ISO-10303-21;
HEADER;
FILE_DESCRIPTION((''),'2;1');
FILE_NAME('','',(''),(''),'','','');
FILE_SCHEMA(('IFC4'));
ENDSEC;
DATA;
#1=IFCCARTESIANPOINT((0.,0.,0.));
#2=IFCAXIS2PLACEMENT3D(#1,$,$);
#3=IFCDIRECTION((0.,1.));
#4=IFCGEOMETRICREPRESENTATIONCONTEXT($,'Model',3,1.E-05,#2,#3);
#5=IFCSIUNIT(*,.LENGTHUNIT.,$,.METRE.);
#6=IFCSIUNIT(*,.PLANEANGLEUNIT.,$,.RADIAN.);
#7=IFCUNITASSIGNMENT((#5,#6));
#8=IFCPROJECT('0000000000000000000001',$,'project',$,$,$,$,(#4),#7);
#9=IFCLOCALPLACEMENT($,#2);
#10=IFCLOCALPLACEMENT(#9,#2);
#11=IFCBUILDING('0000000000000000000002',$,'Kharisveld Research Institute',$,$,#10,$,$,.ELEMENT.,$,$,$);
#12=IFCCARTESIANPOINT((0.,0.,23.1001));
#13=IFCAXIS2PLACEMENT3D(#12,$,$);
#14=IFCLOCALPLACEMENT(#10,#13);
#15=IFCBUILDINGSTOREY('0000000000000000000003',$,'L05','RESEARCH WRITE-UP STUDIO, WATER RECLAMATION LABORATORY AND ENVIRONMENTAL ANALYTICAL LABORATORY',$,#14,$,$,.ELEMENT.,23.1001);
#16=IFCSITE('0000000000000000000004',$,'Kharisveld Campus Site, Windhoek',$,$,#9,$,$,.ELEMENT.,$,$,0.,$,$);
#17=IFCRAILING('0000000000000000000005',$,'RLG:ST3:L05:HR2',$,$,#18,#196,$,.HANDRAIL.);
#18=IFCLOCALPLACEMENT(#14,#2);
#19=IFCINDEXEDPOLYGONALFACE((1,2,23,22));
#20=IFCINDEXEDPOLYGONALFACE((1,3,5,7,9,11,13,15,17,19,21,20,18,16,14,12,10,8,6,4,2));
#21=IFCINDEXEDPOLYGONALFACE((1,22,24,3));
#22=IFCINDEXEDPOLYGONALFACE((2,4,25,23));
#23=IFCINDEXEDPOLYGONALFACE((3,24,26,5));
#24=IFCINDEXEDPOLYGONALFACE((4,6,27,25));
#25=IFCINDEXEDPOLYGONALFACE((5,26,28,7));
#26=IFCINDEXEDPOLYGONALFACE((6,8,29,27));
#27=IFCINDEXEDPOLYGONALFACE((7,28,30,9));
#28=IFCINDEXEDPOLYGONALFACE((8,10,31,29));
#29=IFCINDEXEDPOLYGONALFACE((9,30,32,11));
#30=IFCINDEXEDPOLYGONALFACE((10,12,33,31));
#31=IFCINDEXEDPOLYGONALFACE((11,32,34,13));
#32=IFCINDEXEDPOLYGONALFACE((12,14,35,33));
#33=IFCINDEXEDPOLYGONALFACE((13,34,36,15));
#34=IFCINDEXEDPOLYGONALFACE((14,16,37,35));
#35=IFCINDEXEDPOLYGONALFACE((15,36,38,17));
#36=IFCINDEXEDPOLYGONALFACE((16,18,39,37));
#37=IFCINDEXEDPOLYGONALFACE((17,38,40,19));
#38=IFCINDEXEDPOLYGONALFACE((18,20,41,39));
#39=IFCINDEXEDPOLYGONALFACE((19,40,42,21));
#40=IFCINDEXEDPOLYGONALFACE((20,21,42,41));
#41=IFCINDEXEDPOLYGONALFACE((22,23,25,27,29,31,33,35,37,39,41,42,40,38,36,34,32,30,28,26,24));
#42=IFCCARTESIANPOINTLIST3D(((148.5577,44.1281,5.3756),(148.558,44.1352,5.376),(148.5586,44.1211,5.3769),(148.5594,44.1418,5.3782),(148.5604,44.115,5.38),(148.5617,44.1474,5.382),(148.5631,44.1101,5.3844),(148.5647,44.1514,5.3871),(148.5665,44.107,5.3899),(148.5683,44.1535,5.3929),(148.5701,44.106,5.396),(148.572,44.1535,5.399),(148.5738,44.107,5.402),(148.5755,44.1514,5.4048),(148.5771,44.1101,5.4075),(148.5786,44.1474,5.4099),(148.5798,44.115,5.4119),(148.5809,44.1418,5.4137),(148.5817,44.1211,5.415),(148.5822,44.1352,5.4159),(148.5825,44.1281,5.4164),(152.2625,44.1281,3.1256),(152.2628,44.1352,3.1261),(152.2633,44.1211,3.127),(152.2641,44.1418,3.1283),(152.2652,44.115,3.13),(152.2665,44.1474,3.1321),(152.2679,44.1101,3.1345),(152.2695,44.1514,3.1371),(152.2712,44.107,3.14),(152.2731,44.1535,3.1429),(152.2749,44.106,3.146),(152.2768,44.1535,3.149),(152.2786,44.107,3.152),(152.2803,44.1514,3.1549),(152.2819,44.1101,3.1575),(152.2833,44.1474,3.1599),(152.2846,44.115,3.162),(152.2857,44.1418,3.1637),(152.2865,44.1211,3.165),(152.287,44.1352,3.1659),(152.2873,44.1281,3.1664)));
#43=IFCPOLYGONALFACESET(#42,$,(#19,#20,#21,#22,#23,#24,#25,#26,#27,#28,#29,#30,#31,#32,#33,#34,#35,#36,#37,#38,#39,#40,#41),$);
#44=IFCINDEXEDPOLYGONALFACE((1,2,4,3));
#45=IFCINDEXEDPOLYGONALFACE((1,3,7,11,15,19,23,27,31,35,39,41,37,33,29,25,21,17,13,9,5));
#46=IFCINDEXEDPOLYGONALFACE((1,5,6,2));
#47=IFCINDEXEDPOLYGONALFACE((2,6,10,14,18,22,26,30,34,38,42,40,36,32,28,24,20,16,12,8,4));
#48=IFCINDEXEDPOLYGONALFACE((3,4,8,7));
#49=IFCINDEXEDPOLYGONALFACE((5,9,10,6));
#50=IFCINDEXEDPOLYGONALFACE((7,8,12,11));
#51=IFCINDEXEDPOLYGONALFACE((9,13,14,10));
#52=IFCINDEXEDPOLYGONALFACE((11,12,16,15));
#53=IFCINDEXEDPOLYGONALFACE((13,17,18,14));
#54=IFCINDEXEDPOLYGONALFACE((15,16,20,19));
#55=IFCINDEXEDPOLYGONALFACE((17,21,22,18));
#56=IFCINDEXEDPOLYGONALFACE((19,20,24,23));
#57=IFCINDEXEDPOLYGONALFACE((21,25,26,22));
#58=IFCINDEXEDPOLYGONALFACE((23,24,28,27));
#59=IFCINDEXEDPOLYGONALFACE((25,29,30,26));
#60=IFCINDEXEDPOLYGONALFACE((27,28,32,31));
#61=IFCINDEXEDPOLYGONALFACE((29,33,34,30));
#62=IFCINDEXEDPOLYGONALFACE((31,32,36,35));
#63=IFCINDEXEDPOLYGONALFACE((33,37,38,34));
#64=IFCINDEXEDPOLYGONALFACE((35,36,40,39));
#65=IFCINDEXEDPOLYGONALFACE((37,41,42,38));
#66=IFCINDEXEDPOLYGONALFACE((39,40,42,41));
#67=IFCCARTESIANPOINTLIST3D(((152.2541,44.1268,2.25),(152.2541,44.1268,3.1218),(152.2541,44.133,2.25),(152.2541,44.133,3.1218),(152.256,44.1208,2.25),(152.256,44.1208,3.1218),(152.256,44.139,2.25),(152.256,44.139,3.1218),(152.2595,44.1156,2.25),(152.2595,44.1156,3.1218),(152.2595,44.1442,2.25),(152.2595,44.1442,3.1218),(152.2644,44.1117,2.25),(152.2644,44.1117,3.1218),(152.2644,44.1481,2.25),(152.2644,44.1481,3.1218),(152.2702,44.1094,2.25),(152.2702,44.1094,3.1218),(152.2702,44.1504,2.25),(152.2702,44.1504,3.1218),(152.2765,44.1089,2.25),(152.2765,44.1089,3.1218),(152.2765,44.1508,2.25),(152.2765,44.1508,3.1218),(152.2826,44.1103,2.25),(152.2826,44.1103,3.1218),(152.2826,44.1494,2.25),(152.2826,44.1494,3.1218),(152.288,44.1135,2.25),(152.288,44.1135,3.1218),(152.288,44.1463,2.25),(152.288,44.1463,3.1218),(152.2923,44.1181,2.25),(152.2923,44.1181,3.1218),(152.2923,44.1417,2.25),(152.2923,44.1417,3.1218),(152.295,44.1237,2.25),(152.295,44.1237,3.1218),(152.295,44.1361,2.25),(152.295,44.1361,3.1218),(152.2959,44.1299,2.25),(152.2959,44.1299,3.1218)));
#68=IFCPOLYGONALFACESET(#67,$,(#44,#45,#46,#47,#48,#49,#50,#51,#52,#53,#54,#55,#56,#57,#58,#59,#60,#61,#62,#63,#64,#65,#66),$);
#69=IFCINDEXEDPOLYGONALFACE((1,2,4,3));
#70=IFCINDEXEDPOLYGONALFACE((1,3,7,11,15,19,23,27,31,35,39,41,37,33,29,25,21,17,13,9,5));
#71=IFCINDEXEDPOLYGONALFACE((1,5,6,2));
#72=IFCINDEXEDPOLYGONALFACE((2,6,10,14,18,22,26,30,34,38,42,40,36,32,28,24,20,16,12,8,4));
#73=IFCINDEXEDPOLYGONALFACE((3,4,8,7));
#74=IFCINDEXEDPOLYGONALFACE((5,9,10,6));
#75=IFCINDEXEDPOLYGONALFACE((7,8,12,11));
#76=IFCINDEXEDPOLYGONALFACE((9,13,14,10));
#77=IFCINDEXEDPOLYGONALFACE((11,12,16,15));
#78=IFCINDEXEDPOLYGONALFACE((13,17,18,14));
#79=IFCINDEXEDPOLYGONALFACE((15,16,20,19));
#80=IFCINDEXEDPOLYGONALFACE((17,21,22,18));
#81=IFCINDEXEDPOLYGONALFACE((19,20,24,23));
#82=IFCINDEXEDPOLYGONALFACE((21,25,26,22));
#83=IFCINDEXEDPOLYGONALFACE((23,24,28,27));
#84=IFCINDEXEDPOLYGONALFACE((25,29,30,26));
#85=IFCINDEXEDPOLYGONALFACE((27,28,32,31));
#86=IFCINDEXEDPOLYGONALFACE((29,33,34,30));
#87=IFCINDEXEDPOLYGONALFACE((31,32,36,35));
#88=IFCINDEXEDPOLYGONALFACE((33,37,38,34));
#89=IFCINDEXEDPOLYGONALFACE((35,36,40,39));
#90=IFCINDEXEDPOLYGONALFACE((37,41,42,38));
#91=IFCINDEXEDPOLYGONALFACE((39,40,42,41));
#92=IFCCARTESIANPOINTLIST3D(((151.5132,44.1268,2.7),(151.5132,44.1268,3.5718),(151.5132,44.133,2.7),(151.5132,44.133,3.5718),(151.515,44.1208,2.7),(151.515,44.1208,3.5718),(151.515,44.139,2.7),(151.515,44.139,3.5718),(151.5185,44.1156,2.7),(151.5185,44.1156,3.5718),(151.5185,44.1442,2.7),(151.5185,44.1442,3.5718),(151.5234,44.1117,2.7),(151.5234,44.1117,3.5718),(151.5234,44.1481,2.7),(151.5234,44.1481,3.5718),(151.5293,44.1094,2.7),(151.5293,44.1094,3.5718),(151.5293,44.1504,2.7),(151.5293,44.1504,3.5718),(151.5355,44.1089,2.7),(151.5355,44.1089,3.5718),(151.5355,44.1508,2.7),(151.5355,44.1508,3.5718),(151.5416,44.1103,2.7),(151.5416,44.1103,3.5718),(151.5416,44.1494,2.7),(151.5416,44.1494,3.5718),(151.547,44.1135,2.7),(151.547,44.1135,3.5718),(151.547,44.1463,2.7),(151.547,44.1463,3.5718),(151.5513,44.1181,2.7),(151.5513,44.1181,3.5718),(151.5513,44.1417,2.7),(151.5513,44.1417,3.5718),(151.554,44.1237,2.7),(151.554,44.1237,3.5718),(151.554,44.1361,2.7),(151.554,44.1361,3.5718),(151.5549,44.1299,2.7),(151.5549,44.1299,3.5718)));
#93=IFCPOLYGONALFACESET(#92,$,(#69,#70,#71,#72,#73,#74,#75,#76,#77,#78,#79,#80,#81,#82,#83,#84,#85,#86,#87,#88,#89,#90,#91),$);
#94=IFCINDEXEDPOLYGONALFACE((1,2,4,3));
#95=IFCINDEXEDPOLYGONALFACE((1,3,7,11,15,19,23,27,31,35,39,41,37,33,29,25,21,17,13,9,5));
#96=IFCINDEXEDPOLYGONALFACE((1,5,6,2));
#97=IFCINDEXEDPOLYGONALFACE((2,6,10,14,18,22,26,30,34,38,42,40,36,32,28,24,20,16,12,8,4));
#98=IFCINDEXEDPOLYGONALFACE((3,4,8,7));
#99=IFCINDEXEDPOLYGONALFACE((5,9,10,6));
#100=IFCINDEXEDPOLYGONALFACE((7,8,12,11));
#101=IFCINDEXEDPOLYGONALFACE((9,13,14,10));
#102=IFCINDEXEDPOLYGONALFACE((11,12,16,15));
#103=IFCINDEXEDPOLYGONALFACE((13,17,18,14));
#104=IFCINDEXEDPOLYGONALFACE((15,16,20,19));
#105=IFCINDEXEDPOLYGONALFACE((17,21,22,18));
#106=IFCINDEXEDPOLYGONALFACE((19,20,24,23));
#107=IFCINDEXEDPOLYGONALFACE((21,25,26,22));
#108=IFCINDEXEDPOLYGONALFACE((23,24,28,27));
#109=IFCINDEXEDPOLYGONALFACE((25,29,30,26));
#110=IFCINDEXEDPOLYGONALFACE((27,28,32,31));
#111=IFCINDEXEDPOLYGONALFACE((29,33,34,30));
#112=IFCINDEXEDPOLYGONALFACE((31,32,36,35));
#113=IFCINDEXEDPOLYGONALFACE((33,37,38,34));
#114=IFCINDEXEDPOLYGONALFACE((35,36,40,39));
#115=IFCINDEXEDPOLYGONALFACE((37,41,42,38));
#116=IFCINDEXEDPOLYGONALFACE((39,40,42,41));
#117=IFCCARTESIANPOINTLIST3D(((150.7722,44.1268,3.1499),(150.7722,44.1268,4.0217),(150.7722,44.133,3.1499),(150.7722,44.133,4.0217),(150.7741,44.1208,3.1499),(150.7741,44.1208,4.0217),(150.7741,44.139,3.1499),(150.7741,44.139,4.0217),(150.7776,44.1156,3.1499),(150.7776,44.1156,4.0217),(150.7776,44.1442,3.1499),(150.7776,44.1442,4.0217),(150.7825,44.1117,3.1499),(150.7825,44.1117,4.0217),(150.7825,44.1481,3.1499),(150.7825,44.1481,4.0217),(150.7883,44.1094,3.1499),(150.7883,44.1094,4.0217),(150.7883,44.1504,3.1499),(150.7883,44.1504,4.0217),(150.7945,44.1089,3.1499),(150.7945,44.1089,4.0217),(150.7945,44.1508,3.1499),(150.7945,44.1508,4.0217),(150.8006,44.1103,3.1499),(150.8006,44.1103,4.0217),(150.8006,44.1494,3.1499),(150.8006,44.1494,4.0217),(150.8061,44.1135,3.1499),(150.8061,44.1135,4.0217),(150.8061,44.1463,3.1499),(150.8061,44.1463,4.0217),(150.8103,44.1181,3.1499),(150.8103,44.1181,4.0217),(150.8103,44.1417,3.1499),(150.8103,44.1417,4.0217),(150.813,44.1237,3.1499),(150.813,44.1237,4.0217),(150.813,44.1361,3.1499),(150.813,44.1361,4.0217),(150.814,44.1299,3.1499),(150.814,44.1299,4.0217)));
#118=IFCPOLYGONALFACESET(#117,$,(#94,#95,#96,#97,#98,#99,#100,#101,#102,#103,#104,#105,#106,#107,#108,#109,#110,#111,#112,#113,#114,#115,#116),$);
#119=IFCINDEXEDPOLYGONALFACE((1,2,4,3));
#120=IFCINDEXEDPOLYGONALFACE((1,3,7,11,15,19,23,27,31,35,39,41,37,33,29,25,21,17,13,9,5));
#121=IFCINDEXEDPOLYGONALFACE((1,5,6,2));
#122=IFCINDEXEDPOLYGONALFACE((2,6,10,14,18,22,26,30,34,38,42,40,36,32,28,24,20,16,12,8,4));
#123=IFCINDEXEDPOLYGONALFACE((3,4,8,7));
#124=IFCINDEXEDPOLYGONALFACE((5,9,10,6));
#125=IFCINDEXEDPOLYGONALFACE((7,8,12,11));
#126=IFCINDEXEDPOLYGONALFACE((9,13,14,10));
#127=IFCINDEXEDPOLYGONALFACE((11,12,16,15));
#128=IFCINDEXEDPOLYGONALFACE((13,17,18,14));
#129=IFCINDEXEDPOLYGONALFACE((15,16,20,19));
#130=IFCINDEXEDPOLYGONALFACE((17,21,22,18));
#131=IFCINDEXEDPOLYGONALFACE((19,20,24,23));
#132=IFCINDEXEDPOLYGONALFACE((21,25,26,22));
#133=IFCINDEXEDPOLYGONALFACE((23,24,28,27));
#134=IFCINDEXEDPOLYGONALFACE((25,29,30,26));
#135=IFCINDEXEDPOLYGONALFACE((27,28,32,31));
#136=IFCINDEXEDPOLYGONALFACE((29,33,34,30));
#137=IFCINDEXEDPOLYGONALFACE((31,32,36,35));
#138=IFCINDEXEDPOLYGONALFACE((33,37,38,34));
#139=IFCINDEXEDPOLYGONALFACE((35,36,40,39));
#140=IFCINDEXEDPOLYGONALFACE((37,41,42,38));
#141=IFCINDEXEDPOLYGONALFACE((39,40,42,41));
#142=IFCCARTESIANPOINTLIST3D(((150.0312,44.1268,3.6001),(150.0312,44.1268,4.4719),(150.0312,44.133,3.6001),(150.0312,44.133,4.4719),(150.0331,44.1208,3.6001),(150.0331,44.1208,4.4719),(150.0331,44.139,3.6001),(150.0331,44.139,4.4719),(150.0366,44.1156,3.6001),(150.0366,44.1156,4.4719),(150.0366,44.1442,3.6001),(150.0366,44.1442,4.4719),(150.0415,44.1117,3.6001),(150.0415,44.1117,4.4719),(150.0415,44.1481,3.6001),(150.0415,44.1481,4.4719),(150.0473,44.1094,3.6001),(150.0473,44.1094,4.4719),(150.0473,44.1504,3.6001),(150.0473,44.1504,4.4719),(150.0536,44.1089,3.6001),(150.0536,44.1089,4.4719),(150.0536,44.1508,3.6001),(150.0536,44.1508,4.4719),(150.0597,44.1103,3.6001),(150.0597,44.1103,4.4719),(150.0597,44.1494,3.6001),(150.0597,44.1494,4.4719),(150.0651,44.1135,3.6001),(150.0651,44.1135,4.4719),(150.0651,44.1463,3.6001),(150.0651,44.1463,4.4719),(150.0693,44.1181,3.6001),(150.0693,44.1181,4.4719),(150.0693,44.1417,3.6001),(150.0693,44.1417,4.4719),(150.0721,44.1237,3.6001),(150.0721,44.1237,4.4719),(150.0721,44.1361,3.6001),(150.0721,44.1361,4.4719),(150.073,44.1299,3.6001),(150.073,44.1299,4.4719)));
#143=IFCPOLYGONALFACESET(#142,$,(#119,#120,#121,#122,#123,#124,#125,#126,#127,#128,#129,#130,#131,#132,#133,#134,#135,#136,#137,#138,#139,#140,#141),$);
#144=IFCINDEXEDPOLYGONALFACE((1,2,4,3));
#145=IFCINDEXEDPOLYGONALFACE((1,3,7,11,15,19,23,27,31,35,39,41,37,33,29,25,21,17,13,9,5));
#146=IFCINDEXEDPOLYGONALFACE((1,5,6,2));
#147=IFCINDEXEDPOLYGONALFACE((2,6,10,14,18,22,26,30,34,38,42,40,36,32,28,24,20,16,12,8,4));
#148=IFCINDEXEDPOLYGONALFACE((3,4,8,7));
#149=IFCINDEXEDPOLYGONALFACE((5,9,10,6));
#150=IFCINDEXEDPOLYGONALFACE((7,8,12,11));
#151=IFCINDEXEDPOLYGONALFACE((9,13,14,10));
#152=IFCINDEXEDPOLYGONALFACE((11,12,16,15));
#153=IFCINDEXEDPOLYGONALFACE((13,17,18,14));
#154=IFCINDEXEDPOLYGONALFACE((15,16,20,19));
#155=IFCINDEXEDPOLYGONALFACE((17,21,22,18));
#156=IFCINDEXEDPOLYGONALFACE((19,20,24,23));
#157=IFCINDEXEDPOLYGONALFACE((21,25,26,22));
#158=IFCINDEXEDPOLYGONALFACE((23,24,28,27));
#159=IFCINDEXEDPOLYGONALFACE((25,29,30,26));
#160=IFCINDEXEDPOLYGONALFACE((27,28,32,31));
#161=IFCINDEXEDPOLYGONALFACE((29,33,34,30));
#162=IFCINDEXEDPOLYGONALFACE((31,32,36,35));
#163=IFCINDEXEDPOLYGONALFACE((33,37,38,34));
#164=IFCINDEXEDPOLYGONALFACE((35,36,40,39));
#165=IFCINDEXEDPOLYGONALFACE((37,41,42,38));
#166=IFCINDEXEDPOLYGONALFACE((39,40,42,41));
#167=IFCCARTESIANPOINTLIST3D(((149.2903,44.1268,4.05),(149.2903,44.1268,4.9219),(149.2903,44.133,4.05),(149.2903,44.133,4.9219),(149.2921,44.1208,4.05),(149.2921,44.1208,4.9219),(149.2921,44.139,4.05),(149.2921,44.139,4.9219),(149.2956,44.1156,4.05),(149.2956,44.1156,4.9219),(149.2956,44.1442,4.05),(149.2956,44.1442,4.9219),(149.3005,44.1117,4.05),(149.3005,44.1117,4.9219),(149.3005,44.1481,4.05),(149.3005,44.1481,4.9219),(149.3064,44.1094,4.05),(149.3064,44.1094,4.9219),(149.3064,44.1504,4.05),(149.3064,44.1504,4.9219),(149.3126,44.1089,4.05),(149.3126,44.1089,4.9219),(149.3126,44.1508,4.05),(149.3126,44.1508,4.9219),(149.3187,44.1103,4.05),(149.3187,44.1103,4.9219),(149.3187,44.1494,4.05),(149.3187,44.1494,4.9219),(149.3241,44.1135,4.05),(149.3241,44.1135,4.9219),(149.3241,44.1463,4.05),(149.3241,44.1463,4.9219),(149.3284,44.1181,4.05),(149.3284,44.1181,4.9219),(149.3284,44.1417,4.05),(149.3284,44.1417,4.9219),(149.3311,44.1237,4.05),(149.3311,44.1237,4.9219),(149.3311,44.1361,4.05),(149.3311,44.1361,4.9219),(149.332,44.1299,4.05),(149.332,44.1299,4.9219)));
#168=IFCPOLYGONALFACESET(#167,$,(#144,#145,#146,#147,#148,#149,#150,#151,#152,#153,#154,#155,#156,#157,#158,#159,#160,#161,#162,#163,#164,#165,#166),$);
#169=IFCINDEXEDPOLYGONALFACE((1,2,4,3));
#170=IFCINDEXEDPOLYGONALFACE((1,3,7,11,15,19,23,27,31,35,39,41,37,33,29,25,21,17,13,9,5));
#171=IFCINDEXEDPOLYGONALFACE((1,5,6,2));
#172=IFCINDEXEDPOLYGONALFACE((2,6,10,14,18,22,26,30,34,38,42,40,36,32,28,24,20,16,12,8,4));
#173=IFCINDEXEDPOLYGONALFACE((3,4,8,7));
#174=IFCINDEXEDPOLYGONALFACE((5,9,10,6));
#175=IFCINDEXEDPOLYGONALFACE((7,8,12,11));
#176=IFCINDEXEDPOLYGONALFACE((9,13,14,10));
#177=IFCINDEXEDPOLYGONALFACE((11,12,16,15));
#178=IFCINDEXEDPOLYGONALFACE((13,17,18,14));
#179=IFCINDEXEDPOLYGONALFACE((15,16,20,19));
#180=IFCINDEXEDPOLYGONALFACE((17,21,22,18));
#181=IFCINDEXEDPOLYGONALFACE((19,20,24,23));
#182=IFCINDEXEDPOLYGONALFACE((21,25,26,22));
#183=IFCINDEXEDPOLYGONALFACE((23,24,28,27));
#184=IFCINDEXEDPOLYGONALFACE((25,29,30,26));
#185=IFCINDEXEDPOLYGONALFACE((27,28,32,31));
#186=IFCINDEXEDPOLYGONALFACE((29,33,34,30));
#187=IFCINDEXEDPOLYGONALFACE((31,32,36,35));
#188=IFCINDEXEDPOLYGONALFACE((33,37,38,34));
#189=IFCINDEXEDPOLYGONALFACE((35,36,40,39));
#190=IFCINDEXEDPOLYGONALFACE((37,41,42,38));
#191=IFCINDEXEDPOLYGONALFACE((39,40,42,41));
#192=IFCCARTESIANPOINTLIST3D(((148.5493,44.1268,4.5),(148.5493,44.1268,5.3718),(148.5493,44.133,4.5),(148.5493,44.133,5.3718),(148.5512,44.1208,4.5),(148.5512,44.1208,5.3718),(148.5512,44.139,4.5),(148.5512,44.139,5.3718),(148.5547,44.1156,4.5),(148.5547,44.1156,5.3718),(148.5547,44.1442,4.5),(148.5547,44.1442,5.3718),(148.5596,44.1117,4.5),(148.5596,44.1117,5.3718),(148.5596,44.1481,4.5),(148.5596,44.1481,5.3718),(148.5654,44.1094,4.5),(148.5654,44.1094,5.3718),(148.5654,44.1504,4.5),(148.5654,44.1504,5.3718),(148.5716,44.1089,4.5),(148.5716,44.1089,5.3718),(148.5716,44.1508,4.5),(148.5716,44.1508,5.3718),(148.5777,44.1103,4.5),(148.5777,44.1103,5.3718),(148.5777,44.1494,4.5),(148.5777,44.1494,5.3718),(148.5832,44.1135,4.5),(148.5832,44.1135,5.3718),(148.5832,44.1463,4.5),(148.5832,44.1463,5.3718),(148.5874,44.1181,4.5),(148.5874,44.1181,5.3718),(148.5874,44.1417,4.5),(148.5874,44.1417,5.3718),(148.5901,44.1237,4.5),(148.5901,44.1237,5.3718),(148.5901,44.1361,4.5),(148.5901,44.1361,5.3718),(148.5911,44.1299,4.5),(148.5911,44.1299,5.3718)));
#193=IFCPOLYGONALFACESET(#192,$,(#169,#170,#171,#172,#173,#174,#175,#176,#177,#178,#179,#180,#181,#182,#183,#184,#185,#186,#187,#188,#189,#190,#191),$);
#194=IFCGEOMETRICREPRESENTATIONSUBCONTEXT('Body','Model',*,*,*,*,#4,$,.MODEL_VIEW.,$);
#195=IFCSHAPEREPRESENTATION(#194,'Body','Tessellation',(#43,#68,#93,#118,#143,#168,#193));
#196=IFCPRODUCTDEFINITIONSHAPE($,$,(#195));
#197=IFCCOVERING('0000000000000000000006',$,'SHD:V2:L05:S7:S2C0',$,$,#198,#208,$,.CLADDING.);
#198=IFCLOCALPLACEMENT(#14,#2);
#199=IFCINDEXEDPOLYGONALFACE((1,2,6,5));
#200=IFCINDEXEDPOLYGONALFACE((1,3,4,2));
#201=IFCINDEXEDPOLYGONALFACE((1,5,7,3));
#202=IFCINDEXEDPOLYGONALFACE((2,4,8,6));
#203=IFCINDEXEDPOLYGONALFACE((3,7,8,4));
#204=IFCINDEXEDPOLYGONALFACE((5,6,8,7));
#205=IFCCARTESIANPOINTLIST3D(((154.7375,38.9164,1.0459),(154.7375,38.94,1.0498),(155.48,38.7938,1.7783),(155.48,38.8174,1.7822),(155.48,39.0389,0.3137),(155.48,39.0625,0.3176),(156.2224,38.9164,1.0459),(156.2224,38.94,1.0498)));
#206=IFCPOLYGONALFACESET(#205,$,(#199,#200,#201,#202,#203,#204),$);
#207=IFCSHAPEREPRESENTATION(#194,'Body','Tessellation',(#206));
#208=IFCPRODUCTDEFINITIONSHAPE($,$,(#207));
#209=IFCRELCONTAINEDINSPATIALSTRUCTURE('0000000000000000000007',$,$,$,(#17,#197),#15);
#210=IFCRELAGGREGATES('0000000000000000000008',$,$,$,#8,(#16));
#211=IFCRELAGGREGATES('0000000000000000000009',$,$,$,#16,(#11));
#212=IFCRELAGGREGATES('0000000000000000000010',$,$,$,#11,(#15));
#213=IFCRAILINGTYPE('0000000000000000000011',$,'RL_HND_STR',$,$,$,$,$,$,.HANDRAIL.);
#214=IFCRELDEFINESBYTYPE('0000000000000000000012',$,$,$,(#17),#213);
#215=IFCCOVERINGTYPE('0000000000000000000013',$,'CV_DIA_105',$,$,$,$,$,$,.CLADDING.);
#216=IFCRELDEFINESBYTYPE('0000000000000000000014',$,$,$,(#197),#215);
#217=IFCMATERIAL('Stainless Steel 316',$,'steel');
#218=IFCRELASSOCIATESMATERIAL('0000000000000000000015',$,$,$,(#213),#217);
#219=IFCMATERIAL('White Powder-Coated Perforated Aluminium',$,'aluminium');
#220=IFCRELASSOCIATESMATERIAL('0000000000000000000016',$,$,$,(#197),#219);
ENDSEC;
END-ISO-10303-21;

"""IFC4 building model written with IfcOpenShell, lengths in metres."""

from ifc_helpers import new_model, si_unit, direction, frame, origin, origin_2d, place, context, subcontext, project, spatial, polyline, circle, outline, extrude, material, type_object, element, save


model = new_model("IFC4")

# Units and contexts
model_context = context("Model", 3, precision=1e-05, world=origin(), true_north=direction((0.0, 1.0)))
body_context = subcontext(model_context, "Body", "Model", "MODEL_VIEW")
ifc_project = project(units=[si_unit("LENGTHUNIT", "METRE"), si_unit("PLANEANGLEUNIT", "RADIAN")], contexts=[model_context])

# Site, building, storey
site_placement = place(None, origin())
site = spatial("IfcSite", under=ifc_project, at=site_placement, Name="Kharisveld Campus Site, Windhoek", CompositionType="ELEMENT", RefElevation=0.0)
building_placement = place(site_placement, origin())
building = spatial("IfcBuilding", under=site, at=building_placement, Name="Kharisveld Research Institute", CompositionType="ELEMENT")
storey_placement = place(building_placement, frame((0.0, 0.0, 23.1001)))
storey = spatial("IfcBuildingStorey", under=building, at=storey_placement, Name="L05", Description="RESEARCH WRITE-UP STUDIO, WATER RECLAMATION LABORATORY AND ENVIRONMENTAL ANALYTICAL LABORATORY", CompositionType="ELEMENT", Elevation=23.1001)

# Railing
ifc_material_1 = material(Name="Stainless Steel 316", Category="steel")
railing_type_1 = type_object("IfcRailingType", Name="RL_HND_STR", PredefinedType="HANDRAIL", material=ifc_material_1)
railing_1_placement = place(storey_placement, frame((152.2749, 44.1299, 2.25)))
element("IfcRailing", 1, at=railing_1_placement, inside=storey, type_object=railing_type_1, Name="RLG:ST3:L05:HR2", PredefinedType="HANDRAIL", context=body_context, shape_type="SweptSolid", body=[
    extrude(circle(Radius=0.0239, at=origin_2d()), frame((0.0, 0.0, 0.896), z_axis=(-0.854722, 0.0, 0.519085), x_axis=(0.0, -1.0, 0.0)), (0.0, 0.0, 1.0), 4.3345),
    extrude(circle(Radius=0.021, at=origin_2d()), origin(), (0.0, 0.0, 1.0), 0.8718),
    extrude(circle(Radius=0.021, at=origin_2d()), frame((-0.741, 0.0, 0.45)), (0.0, 0.0, 1.0), 0.8718),
    extrude(circle(Radius=0.021, at=origin_2d()), frame((-1.4819, 0.0, 0.8999)), (0.0, 0.0, 1.0), 0.8718),
    extrude(circle(Radius=0.021, at=origin_2d()), frame((-2.2229, 0.0, 1.3501)), (0.0, 0.0, 1.0), 0.8718),
    extrude(circle(Radius=0.021, at=origin_2d()), frame((-2.9639, 0.0, 1.8)), (0.0, 0.0, 1.0), 0.8718),
    extrude(circle(Radius=0.021, at=origin_2d()), frame((-3.7048, 0.0, 2.25)), (0.0, 0.0, 1.0), 0.8718),
])

# Covering
ifc_material_2 = material(Name="White Powder-Coated Perforated Aluminium", Category="aluminium")
covering_type = type_object("IfcCoveringType", Name="CV_DIA_105", PredefinedType="CLADDING")
covering_1_placement = place(storey_placement, frame((155.48, 39.0625, 0.3176), z_axis=(0.0, 0.986283, 0.165065), x_axis=(-0.707139, -0.116714, 0.697376)))
element("IfcCovering", 2, at=covering_1_placement, inside=storey, type_object=covering_type, material=ifc_material_2, Name="SHD:V2:L05:S7:S2C0", PredefinedType="CLADDING", context=body_context, shape_type="SweptSolid", body=[
    extrude(outline(polyline([(0.0, 0.0), (1.0499, 0.0), (1.05, 1.0501), (-0.0001, 1.0499), (0.0, 0.0)])), origin(), (0.0, 0.0, -1.0), 0.0239),
])

save(model, "model.ifc")
